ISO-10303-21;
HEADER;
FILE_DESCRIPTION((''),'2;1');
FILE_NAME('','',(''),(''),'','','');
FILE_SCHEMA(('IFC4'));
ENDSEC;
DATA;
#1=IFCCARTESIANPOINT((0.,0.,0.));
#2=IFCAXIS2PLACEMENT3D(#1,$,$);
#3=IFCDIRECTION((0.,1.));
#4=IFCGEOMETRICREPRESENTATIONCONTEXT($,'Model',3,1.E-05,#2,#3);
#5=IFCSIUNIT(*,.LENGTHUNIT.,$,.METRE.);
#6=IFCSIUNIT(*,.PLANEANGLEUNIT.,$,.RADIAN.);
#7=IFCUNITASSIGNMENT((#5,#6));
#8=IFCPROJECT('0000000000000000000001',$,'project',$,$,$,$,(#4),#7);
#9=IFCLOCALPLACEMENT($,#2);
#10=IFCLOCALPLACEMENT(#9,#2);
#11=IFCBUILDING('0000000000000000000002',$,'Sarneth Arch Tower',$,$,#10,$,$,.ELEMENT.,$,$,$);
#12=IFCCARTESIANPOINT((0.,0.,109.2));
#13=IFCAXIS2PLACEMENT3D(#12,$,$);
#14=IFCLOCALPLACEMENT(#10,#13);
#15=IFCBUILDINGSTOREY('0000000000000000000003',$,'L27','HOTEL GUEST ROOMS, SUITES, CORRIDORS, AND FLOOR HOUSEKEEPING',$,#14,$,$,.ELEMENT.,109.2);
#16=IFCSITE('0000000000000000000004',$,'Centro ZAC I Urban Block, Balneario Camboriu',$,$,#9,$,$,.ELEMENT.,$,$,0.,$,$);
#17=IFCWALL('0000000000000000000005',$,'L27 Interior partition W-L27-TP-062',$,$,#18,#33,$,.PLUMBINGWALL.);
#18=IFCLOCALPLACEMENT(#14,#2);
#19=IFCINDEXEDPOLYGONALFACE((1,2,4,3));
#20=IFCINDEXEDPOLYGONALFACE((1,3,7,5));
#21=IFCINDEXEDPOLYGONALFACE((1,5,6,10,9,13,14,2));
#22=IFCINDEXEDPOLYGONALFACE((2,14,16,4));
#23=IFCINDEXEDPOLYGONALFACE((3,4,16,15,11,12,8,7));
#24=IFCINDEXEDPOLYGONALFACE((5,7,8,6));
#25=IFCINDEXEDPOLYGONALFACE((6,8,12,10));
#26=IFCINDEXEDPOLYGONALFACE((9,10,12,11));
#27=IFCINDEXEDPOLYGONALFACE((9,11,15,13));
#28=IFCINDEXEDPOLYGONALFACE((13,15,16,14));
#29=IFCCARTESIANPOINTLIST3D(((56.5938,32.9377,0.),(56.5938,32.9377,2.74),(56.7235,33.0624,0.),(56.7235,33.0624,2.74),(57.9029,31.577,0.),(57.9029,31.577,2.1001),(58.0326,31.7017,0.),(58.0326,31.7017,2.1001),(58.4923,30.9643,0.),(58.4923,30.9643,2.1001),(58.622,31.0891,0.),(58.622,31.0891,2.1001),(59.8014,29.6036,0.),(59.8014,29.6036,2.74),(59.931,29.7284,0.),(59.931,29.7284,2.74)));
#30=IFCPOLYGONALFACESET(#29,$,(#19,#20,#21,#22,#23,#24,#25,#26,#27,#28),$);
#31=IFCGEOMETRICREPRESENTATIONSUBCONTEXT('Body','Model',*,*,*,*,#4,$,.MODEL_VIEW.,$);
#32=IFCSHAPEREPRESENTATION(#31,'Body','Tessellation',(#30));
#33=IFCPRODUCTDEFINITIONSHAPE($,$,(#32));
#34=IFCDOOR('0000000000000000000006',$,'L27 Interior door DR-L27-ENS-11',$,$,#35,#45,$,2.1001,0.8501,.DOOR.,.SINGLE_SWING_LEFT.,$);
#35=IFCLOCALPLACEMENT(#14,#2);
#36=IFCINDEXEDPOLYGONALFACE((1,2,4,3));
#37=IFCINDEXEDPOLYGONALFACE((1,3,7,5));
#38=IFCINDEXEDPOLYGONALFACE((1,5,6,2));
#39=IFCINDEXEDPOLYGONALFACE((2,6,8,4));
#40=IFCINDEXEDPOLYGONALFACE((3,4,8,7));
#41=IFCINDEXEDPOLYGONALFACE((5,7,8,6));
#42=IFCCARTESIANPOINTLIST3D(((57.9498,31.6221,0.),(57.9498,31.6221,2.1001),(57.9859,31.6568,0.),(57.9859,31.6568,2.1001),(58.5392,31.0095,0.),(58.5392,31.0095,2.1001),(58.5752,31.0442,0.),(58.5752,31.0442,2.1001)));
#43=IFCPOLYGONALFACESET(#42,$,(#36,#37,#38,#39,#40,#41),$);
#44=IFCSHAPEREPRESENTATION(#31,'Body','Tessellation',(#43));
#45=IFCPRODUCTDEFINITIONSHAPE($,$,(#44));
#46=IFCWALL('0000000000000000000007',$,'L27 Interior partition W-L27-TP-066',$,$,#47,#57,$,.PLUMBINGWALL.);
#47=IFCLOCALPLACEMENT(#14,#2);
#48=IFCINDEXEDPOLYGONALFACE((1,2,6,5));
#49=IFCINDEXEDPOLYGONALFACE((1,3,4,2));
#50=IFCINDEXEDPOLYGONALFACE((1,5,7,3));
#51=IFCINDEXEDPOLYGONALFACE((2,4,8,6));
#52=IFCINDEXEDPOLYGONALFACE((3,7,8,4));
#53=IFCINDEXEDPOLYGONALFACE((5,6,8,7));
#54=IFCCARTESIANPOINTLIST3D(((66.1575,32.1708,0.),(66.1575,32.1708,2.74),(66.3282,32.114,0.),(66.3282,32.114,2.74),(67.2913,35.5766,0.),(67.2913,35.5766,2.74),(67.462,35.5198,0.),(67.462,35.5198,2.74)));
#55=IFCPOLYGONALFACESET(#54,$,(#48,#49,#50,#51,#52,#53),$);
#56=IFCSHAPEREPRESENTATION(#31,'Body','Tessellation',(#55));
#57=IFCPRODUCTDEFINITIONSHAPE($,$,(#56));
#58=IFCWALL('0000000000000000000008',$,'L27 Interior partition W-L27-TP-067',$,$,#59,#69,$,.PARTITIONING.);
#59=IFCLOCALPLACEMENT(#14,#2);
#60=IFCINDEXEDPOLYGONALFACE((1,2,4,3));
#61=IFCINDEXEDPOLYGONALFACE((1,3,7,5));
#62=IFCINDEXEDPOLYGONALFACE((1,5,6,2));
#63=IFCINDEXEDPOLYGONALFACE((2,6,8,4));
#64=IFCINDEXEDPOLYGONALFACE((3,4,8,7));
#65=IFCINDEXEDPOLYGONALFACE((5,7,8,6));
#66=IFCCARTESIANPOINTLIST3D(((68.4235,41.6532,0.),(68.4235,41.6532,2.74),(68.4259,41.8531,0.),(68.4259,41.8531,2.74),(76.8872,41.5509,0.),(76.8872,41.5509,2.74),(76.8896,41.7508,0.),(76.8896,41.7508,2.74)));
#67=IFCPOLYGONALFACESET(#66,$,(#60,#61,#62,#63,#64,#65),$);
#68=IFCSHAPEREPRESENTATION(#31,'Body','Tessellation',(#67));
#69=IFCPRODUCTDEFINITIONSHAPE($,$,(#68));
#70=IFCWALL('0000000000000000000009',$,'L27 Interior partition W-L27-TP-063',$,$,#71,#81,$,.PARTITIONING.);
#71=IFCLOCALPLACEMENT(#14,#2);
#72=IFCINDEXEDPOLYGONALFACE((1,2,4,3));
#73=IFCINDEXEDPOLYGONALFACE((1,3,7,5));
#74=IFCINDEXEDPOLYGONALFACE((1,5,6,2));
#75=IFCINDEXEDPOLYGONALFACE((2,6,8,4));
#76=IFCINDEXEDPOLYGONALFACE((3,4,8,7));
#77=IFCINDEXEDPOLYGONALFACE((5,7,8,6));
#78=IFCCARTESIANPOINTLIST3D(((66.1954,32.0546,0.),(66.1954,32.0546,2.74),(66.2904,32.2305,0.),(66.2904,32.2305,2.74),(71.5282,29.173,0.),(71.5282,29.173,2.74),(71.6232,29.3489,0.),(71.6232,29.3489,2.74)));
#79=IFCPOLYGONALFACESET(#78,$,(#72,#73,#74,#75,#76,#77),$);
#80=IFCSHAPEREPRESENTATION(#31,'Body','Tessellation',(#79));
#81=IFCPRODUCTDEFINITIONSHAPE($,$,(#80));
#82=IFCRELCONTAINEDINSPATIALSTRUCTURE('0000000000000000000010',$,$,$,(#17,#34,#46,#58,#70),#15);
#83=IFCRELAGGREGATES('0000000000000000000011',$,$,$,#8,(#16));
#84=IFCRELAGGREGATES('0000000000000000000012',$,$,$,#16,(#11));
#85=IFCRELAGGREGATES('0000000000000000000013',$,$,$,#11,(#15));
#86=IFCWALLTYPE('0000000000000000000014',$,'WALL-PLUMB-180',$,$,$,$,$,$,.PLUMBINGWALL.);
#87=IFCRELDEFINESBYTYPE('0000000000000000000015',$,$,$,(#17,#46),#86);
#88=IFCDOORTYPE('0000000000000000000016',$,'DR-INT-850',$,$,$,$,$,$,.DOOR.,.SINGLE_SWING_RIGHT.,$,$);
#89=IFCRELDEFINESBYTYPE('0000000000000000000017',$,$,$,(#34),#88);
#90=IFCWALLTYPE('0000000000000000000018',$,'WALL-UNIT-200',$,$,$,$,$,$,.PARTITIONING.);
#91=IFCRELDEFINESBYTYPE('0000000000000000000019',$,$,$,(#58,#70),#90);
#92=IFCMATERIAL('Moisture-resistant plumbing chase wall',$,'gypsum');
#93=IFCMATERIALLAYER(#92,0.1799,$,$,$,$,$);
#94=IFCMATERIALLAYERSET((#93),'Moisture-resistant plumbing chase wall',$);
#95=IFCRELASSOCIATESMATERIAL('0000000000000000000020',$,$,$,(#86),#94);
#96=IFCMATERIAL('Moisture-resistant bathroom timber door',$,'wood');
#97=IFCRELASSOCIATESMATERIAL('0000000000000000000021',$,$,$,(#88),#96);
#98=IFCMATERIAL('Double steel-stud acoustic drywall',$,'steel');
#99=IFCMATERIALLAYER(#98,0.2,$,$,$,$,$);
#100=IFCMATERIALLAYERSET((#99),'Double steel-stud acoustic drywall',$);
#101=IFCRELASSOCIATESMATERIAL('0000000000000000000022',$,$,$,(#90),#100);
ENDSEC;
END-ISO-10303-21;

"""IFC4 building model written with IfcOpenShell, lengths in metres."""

from ifc_helpers import new_model, si_unit, direction, frame, frame_2d, origin, place, context, subcontext, project, spatial, rectangle, extrude, material, layer, layer_set, type_object, element, fill, save


model = new_model("IFC4")

# Units and contexts
model_context = context("Model", 3, precision=1e-05, world=origin(), true_north=direction((0.0, 1.0)))
body_context = subcontext(model_context, "Body", "Model", "MODEL_VIEW")
ifc_project = project(units=[si_unit("LENGTHUNIT", "METRE"), si_unit("PLANEANGLEUNIT", "RADIAN")], contexts=[model_context])

# Site, building, storey
site_placement = place(None, origin())
site = spatial("IfcSite", under=ifc_project, at=site_placement, Name="Centro ZAC I Urban Block, Balneario Camboriu", CompositionType="ELEMENT", RefElevation=0.0)
building_placement = place(site_placement, origin())
building = spatial("IfcBuilding", under=site, at=building_placement, Name="Sarneth Arch Tower", CompositionType="ELEMENT")
storey_placement = place(building_placement, frame((0.0, 0.0, 109.2)))
storey = spatial("IfcBuildingStorey", under=building, at=storey_placement, Name="L27", Description="HOTEL GUEST ROOMS, SUITES, CORRIDORS, AND FLOOR HOUSEKEEPING", CompositionType="ELEMENT", Elevation=109.2)

# Shared definitions
ifc_material_1 = material(Name="Moisture-resistant plumbing chase wall", Category="gypsum")
ifc_layer_1 = layer(ifc_material_1, 0.1799)
ifc_layer_set_1 = layer_set([ifc_layer_1], Name="Moisture-resistant plumbing chase wall")
wall_type_1 = type_object("IfcWallType", Name="WALL-PLUMB-180", PredefinedType="PLUMBINGWALL", material=ifc_layer_set_1)
ifc_material_2 = material(Name="Moisture-resistant bathroom timber door", Category="wood")
door_type_1 = type_object("IfcDoorType", Name="DR-INT-850", OperationType="SINGLE_SWING_RIGHT", PredefinedType="DOOR", material=ifc_material_2)

# Wall, opening, door
wall_1_placement = place(storey_placement, frame((59.8662, 29.666, 0.0), z_axis=(0.0, 0.0, 1.0), x_axis=(-0.693307, 0.720642, 0.0)))
wall_1 = element("IfcWall", 1, at=wall_1_placement, inside=storey, type_object=wall_type_1, Name="L27 Interior partition W-L27-TP-062", PredefinedType="PLUMBINGWALL", context=body_context, shape_type="SweptSolid", body=[
    extrude(rectangle(XDim=4.6265, YDim=0.1799, at=frame_2d((2.3132, 0.0))), origin(), (0.0, 0.0, 1.0), 2.74),
])
opening_1_placement = place(wall_1_placement, frame((1.8882, 0.0, 0.0)))
opening_1 = element("IfcOpeningElement", 2, at=opening_1_placement, cuts=wall_1, PredefinedType="OPENING", context=body_context, shape_type="SweptSolid", body=[
    extrude(rectangle(XDim=0.8501, YDim=2.1001, at=frame_2d((0.425, 1.05))), frame((0.0, 0.0999, 0.0), z_axis=(0.0, -1.0, 0.0), x_axis=(1.0, 0.0, 0.0)), (0.0, 0.0, 1.0), 0.2),
])
door_1_placement = place(opening_1_placement, origin())
door_1 = element("IfcDoor", 3, at=door_1_placement, inside=storey, type_object=door_type_1, Name="L27 Interior door DR-L27-ENS-11", OperationType="SINGLE_SWING_LEFT", OverallHeight=2.1001, OverallWidth=0.8501, PredefinedType="DOOR", context=body_context, shape_type="SweptSolid", body=[
    extrude(rectangle(XDim=0.8501, YDim=2.1001, at=frame_2d((0.425, 1.05))), frame((0.0, 0.0249, 0.0), z_axis=(0.0, -1.0, 0.0), x_axis=(1.0, 0.0, 0.0)), (0.0, 0.0, 1.0), 0.05),
])
fill(opening_1, door_1)

# Walls
wall_2_placement = place(storey_placement, frame((67.3767, 35.5483, 0.0), z_axis=(0.0, 0.0, 1.0), x_axis=(-0.31586, -0.948806, 0.0)))
element("IfcWall", 4, at=wall_2_placement, inside=storey, type_object=wall_type_1, Name="L27 Interior partition W-L27-TP-066", PredefinedType="PLUMBINGWALL", context=body_context, shape_type="SweptSolid", body=[
    extrude(rectangle(XDim=3.5896, YDim=0.1799, at=frame_2d((1.7949, 0.0))), origin(), (0.0, 0.0, 1.0), 2.74),
])
ifc_material_3 = material(Name="Double steel-stud acoustic drywall", Category="steel")
ifc_layer_2 = layer(ifc_material_3, 0.2)
ifc_layer_set_2 = layer_set([ifc_layer_2], Name="Double steel-stud acoustic drywall")
wall_type_2 = type_object("IfcWallType", Name="WALL-UNIT-200", PredefinedType="PARTITIONING", material=ifc_layer_set_2)
wall_3_placement = place(storey_placement, frame((76.8884, 41.6509, 0.0), z_axis=(0.0, 0.0, 1.0), x_axis=(-0.999927, 0.012086, 0.0)))
element("IfcWall", 5, at=wall_3_placement, inside=storey, type_object=wall_type_2, Name="L27 Interior partition W-L27-TP-067", PredefinedType="PARTITIONING", context=body_context, shape_type="SweptSolid", body=[
    extrude(rectangle(XDim=8.4644, YDim=0.2, at=frame_2d((4.2322, 0.0))), origin(), (0.0, 0.0, 1.0), 2.74),
])
wall_4_placement = place(storey_placement, frame((71.5757, 29.261, 0.0), z_axis=(0.0, 0.0, 1.0), x_axis=(-0.879774, 0.475392, 0.0)))
element("IfcWall", 6, at=wall_4_placement, inside=storey, type_object=wall_type_2, Name="L27 Interior partition W-L27-TP-063", PredefinedType="PARTITIONING", context=body_context, shape_type="SweptSolid", body=[
    extrude(rectangle(XDim=6.0615, YDim=0.2, at=frame_2d((3.0308, 0.0))), origin(), (0.0, 0.0, 1.0), 2.74),
])

save(model, "model.ifc")
